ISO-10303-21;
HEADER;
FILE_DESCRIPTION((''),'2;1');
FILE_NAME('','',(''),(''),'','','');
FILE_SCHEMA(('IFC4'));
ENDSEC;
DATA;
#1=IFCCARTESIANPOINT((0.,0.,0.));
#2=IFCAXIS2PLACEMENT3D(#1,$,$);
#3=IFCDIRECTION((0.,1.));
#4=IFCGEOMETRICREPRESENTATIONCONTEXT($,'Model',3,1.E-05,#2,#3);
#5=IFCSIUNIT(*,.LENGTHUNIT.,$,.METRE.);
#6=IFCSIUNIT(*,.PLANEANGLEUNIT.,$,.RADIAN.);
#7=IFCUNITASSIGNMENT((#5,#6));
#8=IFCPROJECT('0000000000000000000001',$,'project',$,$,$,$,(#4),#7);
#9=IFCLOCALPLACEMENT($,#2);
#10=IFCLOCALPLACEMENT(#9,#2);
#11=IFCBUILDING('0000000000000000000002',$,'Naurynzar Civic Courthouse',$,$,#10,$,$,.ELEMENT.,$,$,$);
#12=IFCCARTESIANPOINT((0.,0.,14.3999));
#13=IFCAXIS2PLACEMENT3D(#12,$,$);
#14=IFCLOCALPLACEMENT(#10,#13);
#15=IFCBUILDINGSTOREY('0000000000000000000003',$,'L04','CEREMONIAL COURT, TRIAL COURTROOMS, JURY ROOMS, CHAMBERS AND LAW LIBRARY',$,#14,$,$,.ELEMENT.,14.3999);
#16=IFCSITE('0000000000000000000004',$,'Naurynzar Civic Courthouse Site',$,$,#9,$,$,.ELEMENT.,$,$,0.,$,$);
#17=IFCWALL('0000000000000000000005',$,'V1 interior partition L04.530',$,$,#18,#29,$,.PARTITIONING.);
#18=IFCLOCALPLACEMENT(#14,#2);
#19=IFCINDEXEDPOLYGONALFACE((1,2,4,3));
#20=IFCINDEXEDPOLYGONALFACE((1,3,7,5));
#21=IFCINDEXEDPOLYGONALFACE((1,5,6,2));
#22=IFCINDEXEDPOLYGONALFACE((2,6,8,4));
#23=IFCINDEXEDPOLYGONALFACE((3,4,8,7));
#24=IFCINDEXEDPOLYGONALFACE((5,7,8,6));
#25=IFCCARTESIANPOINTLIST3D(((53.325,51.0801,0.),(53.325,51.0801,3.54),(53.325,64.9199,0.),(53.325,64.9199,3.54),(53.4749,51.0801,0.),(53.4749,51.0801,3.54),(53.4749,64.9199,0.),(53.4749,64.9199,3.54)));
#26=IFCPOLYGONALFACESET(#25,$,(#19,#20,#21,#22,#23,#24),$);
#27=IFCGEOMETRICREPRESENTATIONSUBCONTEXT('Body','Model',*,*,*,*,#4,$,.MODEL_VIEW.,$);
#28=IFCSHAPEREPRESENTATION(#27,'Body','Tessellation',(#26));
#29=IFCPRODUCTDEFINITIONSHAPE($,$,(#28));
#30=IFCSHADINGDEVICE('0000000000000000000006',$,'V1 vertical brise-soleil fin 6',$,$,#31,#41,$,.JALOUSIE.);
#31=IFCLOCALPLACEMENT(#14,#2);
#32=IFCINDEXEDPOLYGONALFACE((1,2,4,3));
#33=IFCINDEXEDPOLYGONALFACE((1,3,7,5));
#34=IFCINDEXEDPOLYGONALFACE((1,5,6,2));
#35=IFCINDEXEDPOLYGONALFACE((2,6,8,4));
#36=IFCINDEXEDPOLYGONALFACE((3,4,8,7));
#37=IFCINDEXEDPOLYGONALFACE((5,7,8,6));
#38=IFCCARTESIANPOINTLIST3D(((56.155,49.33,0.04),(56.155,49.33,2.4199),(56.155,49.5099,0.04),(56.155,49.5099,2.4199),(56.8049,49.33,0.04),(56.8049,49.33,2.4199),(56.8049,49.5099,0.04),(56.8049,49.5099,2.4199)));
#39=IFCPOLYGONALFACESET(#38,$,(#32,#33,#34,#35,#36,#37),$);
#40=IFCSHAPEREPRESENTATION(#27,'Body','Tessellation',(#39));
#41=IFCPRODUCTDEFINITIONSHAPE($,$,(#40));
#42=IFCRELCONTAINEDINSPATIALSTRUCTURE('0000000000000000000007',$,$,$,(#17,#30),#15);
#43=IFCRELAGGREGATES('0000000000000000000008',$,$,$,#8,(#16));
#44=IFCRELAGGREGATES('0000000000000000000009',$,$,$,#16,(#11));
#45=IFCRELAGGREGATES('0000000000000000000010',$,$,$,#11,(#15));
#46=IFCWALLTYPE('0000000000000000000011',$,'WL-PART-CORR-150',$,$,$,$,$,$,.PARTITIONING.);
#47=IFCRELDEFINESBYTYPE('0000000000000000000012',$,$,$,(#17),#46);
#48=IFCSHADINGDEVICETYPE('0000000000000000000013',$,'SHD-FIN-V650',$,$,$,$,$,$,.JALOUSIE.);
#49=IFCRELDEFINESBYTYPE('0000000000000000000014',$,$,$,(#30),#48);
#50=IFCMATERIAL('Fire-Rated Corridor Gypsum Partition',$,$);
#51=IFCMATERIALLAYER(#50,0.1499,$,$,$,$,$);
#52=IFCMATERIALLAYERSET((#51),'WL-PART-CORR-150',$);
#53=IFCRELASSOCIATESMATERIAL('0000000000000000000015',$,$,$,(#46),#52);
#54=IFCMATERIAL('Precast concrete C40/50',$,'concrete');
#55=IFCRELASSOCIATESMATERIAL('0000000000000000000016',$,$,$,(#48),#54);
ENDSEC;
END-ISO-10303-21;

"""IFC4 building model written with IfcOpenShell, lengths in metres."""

from ifc_helpers import new_model, si_unit, direction, frame, frame_2d, origin, origin_2d, place, context, subcontext, project, spatial, rectangle, extrude, material, layer, layer_set, type_object, element, save


model = new_model("IFC4")

# Units and contexts
model_context = context("Model", 3, precision=1e-05, world=origin(), true_north=direction((0.0, 1.0)))
body_context = subcontext(model_context, "Body", "Model", "MODEL_VIEW")
ifc_project = project(units=[si_unit("LENGTHUNIT", "METRE"), si_unit("PLANEANGLEUNIT", "RADIAN")], contexts=[model_context])

# Site, building, storey
site_placement = place(None, origin())
site = spatial("IfcSite", under=ifc_project, at=site_placement, Name="Naurynzar Civic Courthouse Site", CompositionType="ELEMENT", RefElevation=0.0)
building_placement = place(site_placement, origin())
building = spatial("IfcBuilding", under=site, at=building_placement, Name="Naurynzar Civic Courthouse", CompositionType="ELEMENT")
storey_placement = place(building_placement, frame((0.0, 0.0, 14.3999)))
storey = spatial("IfcBuildingStorey", under=building, at=storey_placement, Name="L04", Description="CEREMONIAL COURT, TRIAL COURTROOMS, JURY ROOMS, CHAMBERS AND LAW LIBRARY", CompositionType="ELEMENT", Elevation=14.3999)

# Wall
ifc_material_1 = material(Name="Fire-Rated Corridor Gypsum Partition")
ifc_layer_1 = layer(ifc_material_1, 0.1499)
ifc_layer_set_1 = layer_set([ifc_layer_1], Name="WL-PART-CORR-150")
wall_type_1 = type_object("IfcWallType", Name="WL-PART-CORR-150", PredefinedType="PARTITIONING", material=ifc_layer_set_1)
wall_1_placement = place(storey_placement, frame((53.3999, 51.0801, 0.0), z_axis=(0.0, 0.0, 1.0), x_axis=(0.0, 1.0, 0.0)))
element("IfcWall", 1, at=wall_1_placement, inside=storey, type_object=wall_type_1, Name="V1 interior partition L04.530", PredefinedType="PARTITIONING", context=body_context, shape_type="SweptSolid", body=[
    extrude(rectangle(XDim=13.8398, YDim=0.1499, at=frame_2d((6.9199, 0.0))), origin(), (0.0, 0.0, 1.0), 3.54),
])

# Shading device
ifc_material_2 = material(Name="Precast concrete C40/50", Category="concrete")
shading_device_type = type_object("IfcShadingDeviceType", Name="SHD-FIN-V650", PredefinedType="JALOUSIE", material=ifc_material_2)
shading_device_placement = place(storey_placement, frame((56.48, 49.4199, 0.04), z_axis=(0.0, 0.0, 1.0), x_axis=(0.0, -1.0, 0.0)))
element("IfcShadingDevice", 2, at=shading_device_placement, inside=storey, type_object=shading_device_type, Name="V1 vertical brise-soleil fin 6", PredefinedType="JALOUSIE", context=body_context, shape_type="SweptSolid", body=[
    extrude(rectangle(XDim=0.1799, YDim=0.6499, at=origin_2d()), origin(), (0.0, 0.0, 1.0), 2.3799),
])

save(model, "model.ifc")
